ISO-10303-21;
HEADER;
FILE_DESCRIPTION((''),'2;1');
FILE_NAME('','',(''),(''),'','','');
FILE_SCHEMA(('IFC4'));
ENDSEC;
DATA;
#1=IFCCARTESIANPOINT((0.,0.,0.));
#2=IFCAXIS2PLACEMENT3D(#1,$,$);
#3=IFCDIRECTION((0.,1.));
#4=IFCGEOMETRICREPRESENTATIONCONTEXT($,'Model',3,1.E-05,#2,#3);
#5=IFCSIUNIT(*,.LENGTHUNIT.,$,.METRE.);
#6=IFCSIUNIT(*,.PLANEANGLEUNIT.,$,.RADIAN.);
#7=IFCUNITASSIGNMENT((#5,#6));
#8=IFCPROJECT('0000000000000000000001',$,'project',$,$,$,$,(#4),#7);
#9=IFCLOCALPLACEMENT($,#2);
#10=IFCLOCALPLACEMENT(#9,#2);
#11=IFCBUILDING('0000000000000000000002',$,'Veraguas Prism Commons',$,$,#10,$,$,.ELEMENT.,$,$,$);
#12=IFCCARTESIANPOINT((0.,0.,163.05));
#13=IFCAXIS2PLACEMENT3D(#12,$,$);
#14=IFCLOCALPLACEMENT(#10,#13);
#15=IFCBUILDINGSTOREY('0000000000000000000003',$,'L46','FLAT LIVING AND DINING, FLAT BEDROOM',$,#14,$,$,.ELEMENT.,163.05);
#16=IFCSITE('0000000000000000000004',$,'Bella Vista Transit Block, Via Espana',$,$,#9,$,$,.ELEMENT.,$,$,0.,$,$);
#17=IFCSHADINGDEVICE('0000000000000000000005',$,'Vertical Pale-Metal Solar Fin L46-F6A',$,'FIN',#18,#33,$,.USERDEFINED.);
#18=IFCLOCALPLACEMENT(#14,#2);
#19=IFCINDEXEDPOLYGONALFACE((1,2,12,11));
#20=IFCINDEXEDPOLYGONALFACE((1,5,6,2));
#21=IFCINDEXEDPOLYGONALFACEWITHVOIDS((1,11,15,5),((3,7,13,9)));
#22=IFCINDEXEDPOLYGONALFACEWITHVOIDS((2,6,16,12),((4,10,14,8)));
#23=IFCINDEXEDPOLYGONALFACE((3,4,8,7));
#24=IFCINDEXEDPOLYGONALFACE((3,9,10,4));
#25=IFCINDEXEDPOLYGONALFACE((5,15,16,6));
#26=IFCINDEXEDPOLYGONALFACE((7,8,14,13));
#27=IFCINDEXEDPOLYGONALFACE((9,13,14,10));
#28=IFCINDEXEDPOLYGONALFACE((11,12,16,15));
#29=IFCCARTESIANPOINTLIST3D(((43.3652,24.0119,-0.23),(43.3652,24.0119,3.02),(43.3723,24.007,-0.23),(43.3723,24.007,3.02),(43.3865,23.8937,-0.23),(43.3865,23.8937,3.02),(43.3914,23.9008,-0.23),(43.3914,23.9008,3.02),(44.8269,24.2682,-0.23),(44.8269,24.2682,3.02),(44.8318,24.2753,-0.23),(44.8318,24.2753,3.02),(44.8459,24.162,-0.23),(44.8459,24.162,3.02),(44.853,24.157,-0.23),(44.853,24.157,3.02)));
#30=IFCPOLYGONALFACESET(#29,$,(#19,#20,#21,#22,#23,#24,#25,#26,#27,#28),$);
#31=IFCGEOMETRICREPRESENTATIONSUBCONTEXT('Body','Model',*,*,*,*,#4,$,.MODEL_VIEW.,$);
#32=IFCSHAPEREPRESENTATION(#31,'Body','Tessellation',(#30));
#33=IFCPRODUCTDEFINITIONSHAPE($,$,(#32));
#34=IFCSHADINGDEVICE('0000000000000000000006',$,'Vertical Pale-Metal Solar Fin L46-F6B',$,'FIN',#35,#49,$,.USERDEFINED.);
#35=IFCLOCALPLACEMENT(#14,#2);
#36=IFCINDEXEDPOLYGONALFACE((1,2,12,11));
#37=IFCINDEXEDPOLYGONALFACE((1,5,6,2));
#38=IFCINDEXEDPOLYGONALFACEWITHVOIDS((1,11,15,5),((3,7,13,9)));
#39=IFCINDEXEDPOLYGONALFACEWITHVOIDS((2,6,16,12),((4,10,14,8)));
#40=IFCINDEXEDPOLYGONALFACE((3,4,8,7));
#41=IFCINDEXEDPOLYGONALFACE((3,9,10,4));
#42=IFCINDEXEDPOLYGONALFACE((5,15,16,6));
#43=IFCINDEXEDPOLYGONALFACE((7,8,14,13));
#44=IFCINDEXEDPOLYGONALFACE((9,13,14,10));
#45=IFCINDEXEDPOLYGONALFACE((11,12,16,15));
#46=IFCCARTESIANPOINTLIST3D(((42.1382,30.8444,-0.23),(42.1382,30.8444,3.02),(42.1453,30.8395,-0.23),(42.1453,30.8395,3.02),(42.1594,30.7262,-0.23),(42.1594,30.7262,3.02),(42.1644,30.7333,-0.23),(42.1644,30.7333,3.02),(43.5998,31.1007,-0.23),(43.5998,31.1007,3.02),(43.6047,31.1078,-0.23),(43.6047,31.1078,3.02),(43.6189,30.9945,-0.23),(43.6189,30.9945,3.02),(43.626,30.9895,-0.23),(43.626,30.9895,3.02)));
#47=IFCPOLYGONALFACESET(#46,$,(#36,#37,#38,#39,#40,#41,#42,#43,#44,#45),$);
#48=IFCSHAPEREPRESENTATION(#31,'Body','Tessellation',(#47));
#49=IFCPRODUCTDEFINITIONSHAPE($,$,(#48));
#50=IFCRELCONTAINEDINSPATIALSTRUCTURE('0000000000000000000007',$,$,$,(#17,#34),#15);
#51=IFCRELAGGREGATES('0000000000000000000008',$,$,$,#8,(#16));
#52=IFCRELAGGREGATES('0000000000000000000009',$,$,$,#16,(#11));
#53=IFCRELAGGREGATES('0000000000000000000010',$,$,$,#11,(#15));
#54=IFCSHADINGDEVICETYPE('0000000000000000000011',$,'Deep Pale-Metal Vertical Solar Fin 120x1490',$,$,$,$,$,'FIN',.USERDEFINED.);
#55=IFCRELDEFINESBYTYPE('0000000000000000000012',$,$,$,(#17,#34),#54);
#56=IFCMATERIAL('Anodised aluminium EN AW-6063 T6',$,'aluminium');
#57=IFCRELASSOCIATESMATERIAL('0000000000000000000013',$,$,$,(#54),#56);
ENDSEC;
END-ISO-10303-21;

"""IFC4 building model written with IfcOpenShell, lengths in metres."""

from ifc_helpers import new_model, si_unit, direction, frame, origin, origin_2d, place, context, subcontext, project, spatial, hollow_rectangle, extrude, material, material_profile, profile_set, type_object, element, save


model = new_model("IFC4")

# Units and contexts
model_context = context("Model", 3, precision=1e-05, world=origin(), true_north=direction((0.0, 1.0)))
body_context = subcontext(model_context, "Body", "Model", "MODEL_VIEW")
ifc_project = project(units=[si_unit("LENGTHUNIT", "METRE"), si_unit("PLANEANGLEUNIT", "RADIAN")], contexts=[model_context])

# Site, building, storey
site_placement = place(None, origin())
site = spatial("IfcSite", under=ifc_project, at=site_placement, Name="Bella Vista Transit Block, Via Espana", CompositionType="ELEMENT", RefElevation=0.0)
building_placement = place(site_placement, origin())
building = spatial("IfcBuilding", under=site, at=building_placement, Name="Veraguas Prism Commons", CompositionType="ELEMENT")
storey_placement = place(building_placement, frame((0.0, 0.0, 163.05)))
storey = spatial("IfcBuildingStorey", under=building, at=storey_placement, Name="L46", Description="FLAT LIVING AND DINING, FLAT BEDROOM", CompositionType="ELEMENT", Elevation=163.05)

# Shared definitions
ifc_material_1 = material(Name="Anodised aluminium EN AW-6063 T6", Category="aluminium")

# Shading devices
ifc_material_profile_1 = material_profile(ifc_material_1, hollow_rectangle(XDim=0.1201, YDim=1.49, WallThickness=0.0061, at=origin_2d()), Name="FIN120X1490X6")
ifc_profile_set_1 = profile_set([ifc_material_profile_1], Name="Anodised aluminium EN AW-6063 T6")
shading_device_type = type_object("IfcShadingDeviceType", Name="Deep Pale-Metal Vertical Solar Fin 120x1490", ElementType="FIN", PredefinedType="USERDEFINED", material=ifc_profile_set_1)
for number, where, z_axis, x_axis, name in (
    (1, (44.1091, 24.0845, -0.23), (0.0, 0.0, 1.0), (-0.176739, 0.984258, 0.0), "Vertical Pale-Metal Solar Fin L46-F6A"),
    (2, (42.8821, 30.917, -0.23), (0.0, 0.0, 1.0), (-0.176739, 0.984258, 0.0), "Vertical Pale-Metal Solar Fin L46-F6B"),
):
    element("IfcShadingDevice", number, at=place(storey_placement, frame(where, z_axis=z_axis, x_axis=x_axis)), inside=storey, type_object=shading_device_type, Name=name, ObjectType="FIN", PredefinedType="USERDEFINED", context=body_context, shape_type="SweptSolid", body=[
        extrude(hollow_rectangle(XDim=0.1201, YDim=1.49, WallThickness=0.0061, at=origin_2d()), origin(), (0.0, 0.0, 1.0), 3.25),
    ])

save(model, "model.ifc")
